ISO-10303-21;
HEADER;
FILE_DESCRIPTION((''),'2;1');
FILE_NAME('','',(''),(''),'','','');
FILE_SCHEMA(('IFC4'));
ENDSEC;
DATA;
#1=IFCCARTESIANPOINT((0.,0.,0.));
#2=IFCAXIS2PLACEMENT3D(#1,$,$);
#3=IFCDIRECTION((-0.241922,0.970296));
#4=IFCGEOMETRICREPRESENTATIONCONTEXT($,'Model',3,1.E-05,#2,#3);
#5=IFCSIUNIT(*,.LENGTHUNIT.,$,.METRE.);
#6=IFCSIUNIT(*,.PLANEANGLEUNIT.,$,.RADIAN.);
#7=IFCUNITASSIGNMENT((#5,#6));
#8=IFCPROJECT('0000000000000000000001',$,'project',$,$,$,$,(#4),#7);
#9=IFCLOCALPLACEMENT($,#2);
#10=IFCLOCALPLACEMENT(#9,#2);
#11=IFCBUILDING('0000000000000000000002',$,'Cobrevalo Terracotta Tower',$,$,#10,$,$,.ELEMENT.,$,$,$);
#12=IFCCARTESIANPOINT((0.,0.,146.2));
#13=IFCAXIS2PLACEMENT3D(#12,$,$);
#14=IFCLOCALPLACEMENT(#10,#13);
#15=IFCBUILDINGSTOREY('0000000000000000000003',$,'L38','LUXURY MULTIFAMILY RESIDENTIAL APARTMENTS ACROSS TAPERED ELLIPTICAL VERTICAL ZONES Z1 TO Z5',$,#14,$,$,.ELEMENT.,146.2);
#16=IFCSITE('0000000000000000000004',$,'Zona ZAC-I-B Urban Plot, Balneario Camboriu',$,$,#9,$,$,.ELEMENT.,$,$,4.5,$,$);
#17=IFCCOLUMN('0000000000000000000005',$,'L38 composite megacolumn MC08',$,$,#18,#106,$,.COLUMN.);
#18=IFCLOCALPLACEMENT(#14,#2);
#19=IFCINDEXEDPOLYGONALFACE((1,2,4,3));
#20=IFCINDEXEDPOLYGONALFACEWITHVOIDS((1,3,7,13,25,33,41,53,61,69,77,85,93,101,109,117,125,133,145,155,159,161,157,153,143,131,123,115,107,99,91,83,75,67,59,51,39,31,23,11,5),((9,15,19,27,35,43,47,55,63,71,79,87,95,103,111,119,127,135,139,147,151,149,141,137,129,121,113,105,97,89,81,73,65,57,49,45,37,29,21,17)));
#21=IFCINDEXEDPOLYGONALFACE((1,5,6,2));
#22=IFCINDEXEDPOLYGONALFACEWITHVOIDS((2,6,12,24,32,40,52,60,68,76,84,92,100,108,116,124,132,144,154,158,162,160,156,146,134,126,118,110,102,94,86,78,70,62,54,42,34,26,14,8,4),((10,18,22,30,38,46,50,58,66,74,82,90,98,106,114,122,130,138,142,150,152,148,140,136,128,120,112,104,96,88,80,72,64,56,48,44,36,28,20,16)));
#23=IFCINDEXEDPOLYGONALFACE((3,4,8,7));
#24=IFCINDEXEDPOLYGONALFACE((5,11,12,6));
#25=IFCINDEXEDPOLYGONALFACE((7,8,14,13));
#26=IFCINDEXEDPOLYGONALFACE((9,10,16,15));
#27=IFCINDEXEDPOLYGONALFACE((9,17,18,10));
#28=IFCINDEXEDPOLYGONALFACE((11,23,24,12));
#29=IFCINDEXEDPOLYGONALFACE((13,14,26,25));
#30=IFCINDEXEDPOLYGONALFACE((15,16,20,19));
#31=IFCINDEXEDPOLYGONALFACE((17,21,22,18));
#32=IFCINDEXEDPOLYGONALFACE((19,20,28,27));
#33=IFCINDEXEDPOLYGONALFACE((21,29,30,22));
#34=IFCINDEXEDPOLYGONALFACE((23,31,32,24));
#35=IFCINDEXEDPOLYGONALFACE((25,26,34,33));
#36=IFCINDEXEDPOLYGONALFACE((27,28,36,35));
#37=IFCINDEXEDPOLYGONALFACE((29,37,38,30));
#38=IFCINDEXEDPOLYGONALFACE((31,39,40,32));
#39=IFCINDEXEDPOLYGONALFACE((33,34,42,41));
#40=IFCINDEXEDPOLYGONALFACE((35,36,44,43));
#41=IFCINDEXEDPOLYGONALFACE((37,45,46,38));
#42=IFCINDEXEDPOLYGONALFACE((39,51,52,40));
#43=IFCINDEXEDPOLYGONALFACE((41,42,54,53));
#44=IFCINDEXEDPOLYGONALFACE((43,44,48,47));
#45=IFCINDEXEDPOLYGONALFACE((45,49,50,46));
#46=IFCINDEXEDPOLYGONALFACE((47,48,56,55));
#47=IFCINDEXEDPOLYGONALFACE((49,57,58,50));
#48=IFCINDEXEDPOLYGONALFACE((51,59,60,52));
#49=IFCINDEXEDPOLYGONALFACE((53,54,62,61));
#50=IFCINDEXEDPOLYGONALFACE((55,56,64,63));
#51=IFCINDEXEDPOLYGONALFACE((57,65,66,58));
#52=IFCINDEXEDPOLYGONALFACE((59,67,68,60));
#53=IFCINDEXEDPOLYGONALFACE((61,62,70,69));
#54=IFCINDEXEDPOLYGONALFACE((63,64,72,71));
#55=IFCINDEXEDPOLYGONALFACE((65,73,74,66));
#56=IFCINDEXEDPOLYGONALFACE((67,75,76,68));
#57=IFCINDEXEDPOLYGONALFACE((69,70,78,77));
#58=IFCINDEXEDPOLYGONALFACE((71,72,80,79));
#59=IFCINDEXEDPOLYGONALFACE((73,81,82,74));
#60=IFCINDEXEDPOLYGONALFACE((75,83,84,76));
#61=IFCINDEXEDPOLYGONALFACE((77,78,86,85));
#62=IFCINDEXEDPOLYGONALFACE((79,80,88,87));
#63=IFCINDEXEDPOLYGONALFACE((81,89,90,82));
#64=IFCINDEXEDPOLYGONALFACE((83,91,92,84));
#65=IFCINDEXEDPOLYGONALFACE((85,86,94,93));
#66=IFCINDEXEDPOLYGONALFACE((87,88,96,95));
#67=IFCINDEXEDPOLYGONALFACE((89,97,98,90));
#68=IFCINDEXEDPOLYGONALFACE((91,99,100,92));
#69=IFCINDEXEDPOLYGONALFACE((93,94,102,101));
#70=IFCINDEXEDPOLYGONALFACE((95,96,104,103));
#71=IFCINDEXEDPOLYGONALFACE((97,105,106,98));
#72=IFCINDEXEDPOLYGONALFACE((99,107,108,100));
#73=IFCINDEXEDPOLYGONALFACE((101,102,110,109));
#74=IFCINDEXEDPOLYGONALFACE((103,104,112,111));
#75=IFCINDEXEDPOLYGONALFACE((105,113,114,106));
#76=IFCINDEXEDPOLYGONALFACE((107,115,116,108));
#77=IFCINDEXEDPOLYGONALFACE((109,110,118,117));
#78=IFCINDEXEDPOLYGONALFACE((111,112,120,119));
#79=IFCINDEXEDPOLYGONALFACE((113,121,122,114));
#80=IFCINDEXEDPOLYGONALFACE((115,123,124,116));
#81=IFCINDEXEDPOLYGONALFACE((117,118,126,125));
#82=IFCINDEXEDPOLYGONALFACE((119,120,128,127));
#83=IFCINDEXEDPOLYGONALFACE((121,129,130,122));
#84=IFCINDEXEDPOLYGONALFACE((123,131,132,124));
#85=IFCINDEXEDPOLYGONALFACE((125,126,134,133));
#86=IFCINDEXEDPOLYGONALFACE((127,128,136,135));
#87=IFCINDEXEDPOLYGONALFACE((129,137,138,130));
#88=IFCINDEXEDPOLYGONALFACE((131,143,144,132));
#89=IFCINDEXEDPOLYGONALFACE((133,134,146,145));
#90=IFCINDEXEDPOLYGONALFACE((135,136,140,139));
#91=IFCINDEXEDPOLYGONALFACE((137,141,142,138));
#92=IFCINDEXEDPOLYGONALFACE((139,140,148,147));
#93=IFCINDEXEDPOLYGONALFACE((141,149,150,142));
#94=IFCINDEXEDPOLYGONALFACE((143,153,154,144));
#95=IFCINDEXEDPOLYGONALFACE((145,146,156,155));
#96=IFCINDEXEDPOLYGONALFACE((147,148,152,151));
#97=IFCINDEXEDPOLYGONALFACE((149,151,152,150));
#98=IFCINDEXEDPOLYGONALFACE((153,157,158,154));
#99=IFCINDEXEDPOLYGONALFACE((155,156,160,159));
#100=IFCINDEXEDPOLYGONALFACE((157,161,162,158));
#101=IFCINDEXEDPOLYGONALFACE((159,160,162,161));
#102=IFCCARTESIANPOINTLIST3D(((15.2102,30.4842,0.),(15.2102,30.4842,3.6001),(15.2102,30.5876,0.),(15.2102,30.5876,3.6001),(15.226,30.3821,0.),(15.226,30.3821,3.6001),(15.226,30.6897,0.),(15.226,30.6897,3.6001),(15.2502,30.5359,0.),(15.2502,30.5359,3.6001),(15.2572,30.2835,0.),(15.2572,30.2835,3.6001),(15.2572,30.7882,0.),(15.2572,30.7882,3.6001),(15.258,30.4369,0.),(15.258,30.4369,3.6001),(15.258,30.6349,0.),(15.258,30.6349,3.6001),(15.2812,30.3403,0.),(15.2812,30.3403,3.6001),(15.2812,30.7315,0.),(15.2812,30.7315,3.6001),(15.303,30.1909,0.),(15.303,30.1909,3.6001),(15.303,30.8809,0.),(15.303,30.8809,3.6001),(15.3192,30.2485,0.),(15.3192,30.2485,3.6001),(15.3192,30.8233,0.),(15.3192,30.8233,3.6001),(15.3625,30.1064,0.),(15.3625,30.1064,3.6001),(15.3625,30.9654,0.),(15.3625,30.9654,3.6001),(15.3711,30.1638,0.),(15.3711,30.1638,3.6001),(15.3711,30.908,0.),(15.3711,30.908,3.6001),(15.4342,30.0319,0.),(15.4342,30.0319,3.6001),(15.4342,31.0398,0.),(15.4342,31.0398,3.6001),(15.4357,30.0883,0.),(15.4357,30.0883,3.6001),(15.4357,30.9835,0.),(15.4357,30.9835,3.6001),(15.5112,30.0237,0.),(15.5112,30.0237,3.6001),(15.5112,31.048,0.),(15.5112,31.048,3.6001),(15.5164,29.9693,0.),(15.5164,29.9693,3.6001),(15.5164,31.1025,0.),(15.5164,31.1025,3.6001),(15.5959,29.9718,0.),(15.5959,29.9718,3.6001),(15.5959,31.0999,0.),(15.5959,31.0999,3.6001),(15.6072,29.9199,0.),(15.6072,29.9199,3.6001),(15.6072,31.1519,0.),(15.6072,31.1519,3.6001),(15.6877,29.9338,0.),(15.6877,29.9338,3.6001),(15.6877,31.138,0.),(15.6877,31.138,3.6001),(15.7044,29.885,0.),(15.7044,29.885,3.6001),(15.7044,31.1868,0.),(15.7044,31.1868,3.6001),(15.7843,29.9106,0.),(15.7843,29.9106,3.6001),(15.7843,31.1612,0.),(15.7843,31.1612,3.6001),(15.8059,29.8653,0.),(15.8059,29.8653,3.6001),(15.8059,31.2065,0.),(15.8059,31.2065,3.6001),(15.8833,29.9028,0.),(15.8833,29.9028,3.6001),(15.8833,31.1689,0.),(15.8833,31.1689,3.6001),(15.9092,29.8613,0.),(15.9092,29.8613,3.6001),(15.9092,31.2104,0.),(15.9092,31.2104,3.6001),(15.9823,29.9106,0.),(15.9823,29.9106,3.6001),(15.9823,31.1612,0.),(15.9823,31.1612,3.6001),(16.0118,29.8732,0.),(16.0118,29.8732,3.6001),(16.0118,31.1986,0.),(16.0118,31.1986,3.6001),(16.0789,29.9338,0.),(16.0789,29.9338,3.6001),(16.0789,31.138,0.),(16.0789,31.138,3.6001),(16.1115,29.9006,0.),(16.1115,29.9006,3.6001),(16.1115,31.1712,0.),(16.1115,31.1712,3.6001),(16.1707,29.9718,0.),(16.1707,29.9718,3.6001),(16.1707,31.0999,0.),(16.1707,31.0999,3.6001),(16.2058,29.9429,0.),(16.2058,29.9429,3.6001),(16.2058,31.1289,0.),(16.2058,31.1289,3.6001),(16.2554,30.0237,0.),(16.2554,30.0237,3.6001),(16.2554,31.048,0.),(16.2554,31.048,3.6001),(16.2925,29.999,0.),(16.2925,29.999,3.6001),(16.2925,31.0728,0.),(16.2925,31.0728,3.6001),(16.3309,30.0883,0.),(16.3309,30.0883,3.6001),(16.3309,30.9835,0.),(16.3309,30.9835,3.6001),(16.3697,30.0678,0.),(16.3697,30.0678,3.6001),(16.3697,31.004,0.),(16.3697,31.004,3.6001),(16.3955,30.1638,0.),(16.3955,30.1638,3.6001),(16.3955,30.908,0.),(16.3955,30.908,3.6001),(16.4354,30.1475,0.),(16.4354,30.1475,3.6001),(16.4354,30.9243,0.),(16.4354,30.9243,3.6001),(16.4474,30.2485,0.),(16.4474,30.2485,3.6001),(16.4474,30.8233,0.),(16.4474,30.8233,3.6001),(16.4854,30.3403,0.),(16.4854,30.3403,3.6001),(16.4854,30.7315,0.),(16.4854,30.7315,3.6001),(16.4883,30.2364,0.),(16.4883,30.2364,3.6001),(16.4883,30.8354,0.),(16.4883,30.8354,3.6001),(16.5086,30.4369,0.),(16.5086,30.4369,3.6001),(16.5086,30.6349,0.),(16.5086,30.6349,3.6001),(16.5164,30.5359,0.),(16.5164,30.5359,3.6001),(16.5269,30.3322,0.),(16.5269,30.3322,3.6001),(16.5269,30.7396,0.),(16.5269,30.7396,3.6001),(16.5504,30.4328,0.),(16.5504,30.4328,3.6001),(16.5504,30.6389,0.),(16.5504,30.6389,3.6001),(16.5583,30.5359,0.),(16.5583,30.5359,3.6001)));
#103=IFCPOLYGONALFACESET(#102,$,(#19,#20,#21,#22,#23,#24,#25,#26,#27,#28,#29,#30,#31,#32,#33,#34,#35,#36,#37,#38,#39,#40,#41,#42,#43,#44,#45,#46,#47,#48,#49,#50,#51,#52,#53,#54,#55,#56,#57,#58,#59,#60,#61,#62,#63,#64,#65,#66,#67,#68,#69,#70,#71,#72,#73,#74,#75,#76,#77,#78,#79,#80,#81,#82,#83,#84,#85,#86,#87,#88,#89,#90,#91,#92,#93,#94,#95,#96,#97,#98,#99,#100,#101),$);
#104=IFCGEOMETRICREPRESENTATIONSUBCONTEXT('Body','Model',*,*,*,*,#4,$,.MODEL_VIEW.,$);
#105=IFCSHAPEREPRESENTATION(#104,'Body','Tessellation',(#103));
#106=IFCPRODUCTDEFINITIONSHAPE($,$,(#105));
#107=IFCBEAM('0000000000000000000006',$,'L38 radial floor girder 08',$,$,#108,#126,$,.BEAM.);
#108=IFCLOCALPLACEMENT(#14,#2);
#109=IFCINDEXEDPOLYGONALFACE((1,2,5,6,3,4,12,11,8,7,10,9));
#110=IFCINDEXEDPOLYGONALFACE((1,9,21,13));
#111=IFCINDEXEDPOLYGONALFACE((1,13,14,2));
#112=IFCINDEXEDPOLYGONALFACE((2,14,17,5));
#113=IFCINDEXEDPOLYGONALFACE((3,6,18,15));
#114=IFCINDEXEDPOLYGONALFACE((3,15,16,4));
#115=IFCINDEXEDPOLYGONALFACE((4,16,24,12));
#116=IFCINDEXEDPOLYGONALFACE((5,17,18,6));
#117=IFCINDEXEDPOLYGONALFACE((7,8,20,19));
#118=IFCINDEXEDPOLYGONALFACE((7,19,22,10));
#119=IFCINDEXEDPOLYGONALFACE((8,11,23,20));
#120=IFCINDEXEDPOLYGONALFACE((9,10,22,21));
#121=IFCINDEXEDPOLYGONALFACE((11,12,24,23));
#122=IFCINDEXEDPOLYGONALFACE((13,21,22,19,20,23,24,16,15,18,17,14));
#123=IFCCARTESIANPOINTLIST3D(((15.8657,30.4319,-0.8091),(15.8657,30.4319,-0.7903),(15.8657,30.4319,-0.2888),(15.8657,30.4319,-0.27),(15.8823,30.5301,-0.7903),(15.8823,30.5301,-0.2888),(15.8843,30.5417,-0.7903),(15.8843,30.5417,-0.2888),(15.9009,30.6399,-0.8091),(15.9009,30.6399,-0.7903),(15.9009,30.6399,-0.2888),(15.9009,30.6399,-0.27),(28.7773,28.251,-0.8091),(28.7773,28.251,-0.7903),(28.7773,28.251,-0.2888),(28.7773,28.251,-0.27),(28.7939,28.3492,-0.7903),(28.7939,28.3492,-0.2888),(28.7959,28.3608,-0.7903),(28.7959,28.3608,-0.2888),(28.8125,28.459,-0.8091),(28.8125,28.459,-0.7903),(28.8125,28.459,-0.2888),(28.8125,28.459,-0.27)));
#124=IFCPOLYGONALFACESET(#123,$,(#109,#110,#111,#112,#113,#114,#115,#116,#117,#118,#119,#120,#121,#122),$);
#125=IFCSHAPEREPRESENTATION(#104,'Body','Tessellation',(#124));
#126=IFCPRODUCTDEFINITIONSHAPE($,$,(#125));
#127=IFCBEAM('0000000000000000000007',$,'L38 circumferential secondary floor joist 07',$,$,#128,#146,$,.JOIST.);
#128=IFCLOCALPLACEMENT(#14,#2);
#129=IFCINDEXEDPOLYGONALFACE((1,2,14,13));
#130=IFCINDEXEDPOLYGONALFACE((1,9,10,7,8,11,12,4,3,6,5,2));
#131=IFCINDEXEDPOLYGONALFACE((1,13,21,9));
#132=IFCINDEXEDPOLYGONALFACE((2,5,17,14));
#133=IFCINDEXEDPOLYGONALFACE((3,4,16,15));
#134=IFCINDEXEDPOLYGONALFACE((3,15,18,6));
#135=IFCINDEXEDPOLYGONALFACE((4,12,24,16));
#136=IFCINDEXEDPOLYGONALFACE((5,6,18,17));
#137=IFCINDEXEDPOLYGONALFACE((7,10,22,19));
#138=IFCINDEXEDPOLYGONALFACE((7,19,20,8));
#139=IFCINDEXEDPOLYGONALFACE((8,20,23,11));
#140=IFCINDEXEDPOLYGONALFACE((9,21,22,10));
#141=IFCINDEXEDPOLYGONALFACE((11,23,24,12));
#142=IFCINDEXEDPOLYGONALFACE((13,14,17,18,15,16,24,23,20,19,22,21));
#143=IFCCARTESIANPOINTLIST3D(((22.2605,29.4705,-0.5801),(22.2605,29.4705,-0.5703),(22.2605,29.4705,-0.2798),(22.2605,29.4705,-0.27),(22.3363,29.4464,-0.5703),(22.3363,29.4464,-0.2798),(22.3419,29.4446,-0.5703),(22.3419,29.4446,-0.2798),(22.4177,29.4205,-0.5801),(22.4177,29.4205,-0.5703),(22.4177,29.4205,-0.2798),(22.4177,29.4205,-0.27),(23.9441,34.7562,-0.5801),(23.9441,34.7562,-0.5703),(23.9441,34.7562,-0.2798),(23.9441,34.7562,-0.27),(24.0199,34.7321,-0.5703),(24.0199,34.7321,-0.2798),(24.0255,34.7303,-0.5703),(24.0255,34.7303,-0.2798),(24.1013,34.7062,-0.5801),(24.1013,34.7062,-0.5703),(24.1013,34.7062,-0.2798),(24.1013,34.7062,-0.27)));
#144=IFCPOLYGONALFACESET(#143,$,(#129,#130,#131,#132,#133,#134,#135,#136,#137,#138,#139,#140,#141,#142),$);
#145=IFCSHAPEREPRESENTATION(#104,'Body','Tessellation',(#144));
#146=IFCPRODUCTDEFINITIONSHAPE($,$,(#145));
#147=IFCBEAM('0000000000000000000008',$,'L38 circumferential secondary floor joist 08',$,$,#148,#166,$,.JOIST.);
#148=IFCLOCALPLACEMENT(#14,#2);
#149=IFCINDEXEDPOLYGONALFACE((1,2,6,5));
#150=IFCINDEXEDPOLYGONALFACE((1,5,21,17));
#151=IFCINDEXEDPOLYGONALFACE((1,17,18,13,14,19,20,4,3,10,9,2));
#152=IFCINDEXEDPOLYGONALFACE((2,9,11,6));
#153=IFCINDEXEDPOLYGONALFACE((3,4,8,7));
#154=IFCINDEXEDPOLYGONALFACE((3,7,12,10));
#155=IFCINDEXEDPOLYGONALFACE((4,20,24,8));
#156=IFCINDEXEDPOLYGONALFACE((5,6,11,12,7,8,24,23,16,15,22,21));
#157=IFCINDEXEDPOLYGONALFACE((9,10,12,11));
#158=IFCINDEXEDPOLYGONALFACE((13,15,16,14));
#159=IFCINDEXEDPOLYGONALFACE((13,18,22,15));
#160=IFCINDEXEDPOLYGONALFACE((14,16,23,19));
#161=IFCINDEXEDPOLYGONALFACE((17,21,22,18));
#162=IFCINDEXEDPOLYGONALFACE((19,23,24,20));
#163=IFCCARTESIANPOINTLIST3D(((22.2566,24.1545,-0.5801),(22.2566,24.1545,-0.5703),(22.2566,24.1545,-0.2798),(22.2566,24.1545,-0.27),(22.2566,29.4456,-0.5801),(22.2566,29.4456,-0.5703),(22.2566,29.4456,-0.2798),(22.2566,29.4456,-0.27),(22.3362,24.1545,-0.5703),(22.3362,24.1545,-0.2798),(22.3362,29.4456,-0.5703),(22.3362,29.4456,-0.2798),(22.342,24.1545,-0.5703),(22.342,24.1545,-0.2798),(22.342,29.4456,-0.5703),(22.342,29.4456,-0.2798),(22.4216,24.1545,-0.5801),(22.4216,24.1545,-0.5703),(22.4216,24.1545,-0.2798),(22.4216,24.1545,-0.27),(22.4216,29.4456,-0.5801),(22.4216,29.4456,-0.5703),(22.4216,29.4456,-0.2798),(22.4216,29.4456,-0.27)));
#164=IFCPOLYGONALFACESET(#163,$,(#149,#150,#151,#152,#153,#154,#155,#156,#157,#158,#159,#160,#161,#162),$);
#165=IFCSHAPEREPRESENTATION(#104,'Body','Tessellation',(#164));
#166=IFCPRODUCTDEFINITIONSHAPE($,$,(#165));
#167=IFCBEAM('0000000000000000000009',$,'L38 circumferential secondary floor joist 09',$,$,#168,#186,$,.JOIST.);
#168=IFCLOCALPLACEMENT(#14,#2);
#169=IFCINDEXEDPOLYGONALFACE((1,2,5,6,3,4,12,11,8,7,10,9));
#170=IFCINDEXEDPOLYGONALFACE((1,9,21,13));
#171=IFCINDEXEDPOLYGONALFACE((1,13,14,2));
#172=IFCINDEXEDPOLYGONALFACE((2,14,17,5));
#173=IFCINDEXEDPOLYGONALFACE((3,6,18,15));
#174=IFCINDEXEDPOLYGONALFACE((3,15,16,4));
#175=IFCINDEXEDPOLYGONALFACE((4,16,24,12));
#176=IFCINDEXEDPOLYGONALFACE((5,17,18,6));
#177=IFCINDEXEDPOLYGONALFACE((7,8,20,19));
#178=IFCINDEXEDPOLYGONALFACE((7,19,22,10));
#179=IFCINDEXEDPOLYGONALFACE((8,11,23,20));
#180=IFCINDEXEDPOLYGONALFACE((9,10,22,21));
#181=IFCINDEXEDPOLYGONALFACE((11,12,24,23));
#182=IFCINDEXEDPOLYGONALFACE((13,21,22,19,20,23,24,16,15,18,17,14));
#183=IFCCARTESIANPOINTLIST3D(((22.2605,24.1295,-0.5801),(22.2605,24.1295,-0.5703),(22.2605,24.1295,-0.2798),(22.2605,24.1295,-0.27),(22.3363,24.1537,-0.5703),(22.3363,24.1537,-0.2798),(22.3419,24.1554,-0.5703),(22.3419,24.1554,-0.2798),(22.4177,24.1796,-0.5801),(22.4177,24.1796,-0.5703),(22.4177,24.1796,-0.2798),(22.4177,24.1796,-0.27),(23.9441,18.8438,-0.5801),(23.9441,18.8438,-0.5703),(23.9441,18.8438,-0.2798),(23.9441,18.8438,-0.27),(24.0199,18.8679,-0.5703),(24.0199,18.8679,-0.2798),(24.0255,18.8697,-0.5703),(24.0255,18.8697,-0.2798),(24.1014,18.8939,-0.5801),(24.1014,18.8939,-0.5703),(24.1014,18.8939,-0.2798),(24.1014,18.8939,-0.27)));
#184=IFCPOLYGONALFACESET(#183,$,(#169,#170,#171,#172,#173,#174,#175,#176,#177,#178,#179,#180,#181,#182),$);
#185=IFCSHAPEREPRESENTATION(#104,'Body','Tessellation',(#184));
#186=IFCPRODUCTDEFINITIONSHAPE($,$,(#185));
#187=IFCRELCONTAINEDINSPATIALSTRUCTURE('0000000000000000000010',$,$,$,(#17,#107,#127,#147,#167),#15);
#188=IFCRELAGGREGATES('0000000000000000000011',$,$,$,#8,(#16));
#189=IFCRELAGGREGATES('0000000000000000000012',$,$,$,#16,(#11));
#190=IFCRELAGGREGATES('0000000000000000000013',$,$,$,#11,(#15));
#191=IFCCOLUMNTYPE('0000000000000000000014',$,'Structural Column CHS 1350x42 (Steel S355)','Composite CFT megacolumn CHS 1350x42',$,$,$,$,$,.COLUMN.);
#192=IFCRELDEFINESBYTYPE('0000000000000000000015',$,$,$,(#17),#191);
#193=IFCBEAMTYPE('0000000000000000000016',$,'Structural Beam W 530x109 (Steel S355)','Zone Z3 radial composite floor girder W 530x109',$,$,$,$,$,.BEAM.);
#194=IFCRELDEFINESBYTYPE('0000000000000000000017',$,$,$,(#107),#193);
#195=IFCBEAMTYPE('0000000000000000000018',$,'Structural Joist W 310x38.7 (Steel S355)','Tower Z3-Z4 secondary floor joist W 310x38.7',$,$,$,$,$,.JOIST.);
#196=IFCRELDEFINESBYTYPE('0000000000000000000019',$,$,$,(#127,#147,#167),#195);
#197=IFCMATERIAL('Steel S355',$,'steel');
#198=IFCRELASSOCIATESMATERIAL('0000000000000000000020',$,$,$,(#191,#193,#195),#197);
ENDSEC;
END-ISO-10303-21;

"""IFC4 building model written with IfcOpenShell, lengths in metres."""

from ifc_helpers import new_model, si_unit, direction, frame, origin, origin_2d, place, context, subcontext, project, spatial, hollow_circle, i_section, extrude, material, material_profile, profile_set, type_object, element, save


model = new_model("IFC4")

# Units and contexts
model_context = context("Model", 3, precision=1e-05, world=origin(), true_north=direction((-0.241922, 0.970296)))
body_context = subcontext(model_context, "Body", "Model", "MODEL_VIEW")
ifc_project = project(units=[si_unit("LENGTHUNIT", "METRE"), si_unit("PLANEANGLEUNIT", "RADIAN")], contexts=[model_context])

# Site, building, storey
site_placement = place(None, origin())
site = spatial("IfcSite", under=ifc_project, at=site_placement, Name="Zona ZAC-I-B Urban Plot, Balneario Camboriu", CompositionType="ELEMENT", RefElevation=4.5)
building_placement = place(site_placement, origin())
building = spatial("IfcBuilding", under=site, at=building_placement, Name="Cobrevalo Terracotta Tower", CompositionType="ELEMENT")
storey_placement = place(building_placement, frame((0.0, 0.0, 146.2)))
storey = spatial("IfcBuildingStorey", under=building, at=storey_placement, Name="L38", Description="LUXURY MULTIFAMILY RESIDENTIAL APARTMENTS ACROSS TAPERED ELLIPTICAL VERTICAL ZONES Z1 TO Z5", CompositionType="ELEMENT", Elevation=146.2)

# Column
ifc_material_1 = material(Name="Steel S355", Category="steel")
ifc_material_profile_1 = material_profile(ifc_material_1, hollow_circle(Radius=0.675, WallThickness=0.042, at=origin_2d()), Name="CHS 1350x42")
ifc_profile_set_1 = profile_set([ifc_material_profile_1], Name="Steel S355")
column_type = type_object("IfcColumnType", Name="Structural Column CHS 1350x42 (Steel S355)", Description="Composite CFT megacolumn CHS 1350x42", PredefinedType="COLUMN", material=ifc_profile_set_1)
column_placement = place(storey_placement, frame((15.8833, 30.5359, 0.0), z_axis=(0.0, 0.0, 1.0), x_axis=(1.0, 0.0, 0.0)))
element("IfcColumn", 1, at=column_placement, inside=storey, type_object=column_type, Name="L38 composite megacolumn MC08", PredefinedType="COLUMN", context=body_context, shape_type="SweptSolid", body=[
    extrude(hollow_circle(Radius=0.675, WallThickness=0.042, at=origin_2d()), origin(), (0.0, 0.0, 1.0), 3.6001),
])

# Beams
ifc_material_profile_2 = material_profile(ifc_material_1, i_section(OverallWidth=0.2109, OverallDepth=0.5391, WebThickness=0.0117, FlangeThickness=0.0188, at=origin_2d()), Name="W 530x109")
ifc_profile_set_2 = profile_set([ifc_material_profile_2], Name="Steel S355")
beam_type_1 = type_object("IfcBeamType", Name="Structural Beam W 530x109 (Steel S355)", Description="Zone Z3 radial composite floor girder W 530x109", PredefinedType="BEAM", material=ifc_profile_set_2)
beam_1_placement = place(storey_placement, frame((15.8833, 30.5359, -0.5396), z_axis=(0.986033, -0.166551, 0.0), x_axis=(0.166551, 0.986033, 0.0)))
element("IfcBeam", 2, at=beam_1_placement, inside=storey, type_object=beam_type_1, Name="L38 radial floor girder 08", PredefinedType="BEAM", context=body_context, shape_type="SweptSolid", body=[
    extrude(i_section(OverallWidth=0.2109, OverallDepth=0.5391, WebThickness=0.0117, FlangeThickness=0.0188, at=origin_2d()), origin(), (0.0, 0.0, 1.0), 13.0945),
])
ifc_material_profile_3 = material_profile(ifc_material_1, i_section(OverallWidth=0.165, OverallDepth=0.3101, WebThickness=0.0059, FlangeThickness=0.0098, at=origin_2d()), Name="W 310x38.7")
ifc_profile_set_3 = profile_set([ifc_material_profile_3], Name="Steel S355")
beam_type_2 = type_object("IfcBeamType", Name="Structural Joist W 310x38.7 (Steel S355)", Description="Tower Z3-Z4 secondary floor joist W 310x38.7", PredefinedType="JOIST", material=ifc_profile_set_3)
beam_2_placement = place(storey_placement, frame((24.0227, 34.7312, -0.425), z_axis=(-0.303498, -0.952832, 0.0), x_axis=(0.952832, -0.303498, 0.0)))
element("IfcBeam", 3, at=beam_2_placement, inside=storey, type_object=beam_type_2, Name="L38 circumferential secondary floor joist 07", PredefinedType="JOIST", context=body_context, shape_type="SweptSolid", body=[
    extrude(i_section(OverallWidth=0.165, OverallDepth=0.3101, WebThickness=0.0059, FlangeThickness=0.0098, at=origin_2d()), origin(), (0.0, 0.0, 1.0), 5.5474),
])
beam_3_placement = place(storey_placement, frame((22.3391, 29.4456, -0.425), z_axis=(0.0, -1.0, 0.0), x_axis=(1.0, 0.0, 0.0)))
element("IfcBeam", 4, at=beam_3_placement, inside=storey, type_object=beam_type_2, Name="L38 circumferential secondary floor joist 08", PredefinedType="JOIST", context=body_context, shape_type="SweptSolid", body=[
    extrude(i_section(OverallWidth=0.165, OverallDepth=0.3101, WebThickness=0.0059, FlangeThickness=0.0098, at=origin_2d()), origin(), (0.0, 0.0, 1.0), 5.291),
])
beam_4_placement = place(storey_placement, frame((22.3391, 24.1545, -0.425), z_axis=(0.303498, -0.952832, 0.0), x_axis=(0.952832, 0.303498, 0.0)))
element("IfcBeam", 5, at=beam_4_placement, inside=storey, type_object=beam_type_2, Name="L38 circumferential secondary floor joist 09", PredefinedType="JOIST", context=body_context, shape_type="SweptSolid", body=[
    extrude(i_section(OverallWidth=0.165, OverallDepth=0.3101, WebThickness=0.0059, FlangeThickness=0.0098, at=origin_2d()), origin(), (0.0, 0.0, 1.0), 5.5474),
])

save(model, "model.ifc")
